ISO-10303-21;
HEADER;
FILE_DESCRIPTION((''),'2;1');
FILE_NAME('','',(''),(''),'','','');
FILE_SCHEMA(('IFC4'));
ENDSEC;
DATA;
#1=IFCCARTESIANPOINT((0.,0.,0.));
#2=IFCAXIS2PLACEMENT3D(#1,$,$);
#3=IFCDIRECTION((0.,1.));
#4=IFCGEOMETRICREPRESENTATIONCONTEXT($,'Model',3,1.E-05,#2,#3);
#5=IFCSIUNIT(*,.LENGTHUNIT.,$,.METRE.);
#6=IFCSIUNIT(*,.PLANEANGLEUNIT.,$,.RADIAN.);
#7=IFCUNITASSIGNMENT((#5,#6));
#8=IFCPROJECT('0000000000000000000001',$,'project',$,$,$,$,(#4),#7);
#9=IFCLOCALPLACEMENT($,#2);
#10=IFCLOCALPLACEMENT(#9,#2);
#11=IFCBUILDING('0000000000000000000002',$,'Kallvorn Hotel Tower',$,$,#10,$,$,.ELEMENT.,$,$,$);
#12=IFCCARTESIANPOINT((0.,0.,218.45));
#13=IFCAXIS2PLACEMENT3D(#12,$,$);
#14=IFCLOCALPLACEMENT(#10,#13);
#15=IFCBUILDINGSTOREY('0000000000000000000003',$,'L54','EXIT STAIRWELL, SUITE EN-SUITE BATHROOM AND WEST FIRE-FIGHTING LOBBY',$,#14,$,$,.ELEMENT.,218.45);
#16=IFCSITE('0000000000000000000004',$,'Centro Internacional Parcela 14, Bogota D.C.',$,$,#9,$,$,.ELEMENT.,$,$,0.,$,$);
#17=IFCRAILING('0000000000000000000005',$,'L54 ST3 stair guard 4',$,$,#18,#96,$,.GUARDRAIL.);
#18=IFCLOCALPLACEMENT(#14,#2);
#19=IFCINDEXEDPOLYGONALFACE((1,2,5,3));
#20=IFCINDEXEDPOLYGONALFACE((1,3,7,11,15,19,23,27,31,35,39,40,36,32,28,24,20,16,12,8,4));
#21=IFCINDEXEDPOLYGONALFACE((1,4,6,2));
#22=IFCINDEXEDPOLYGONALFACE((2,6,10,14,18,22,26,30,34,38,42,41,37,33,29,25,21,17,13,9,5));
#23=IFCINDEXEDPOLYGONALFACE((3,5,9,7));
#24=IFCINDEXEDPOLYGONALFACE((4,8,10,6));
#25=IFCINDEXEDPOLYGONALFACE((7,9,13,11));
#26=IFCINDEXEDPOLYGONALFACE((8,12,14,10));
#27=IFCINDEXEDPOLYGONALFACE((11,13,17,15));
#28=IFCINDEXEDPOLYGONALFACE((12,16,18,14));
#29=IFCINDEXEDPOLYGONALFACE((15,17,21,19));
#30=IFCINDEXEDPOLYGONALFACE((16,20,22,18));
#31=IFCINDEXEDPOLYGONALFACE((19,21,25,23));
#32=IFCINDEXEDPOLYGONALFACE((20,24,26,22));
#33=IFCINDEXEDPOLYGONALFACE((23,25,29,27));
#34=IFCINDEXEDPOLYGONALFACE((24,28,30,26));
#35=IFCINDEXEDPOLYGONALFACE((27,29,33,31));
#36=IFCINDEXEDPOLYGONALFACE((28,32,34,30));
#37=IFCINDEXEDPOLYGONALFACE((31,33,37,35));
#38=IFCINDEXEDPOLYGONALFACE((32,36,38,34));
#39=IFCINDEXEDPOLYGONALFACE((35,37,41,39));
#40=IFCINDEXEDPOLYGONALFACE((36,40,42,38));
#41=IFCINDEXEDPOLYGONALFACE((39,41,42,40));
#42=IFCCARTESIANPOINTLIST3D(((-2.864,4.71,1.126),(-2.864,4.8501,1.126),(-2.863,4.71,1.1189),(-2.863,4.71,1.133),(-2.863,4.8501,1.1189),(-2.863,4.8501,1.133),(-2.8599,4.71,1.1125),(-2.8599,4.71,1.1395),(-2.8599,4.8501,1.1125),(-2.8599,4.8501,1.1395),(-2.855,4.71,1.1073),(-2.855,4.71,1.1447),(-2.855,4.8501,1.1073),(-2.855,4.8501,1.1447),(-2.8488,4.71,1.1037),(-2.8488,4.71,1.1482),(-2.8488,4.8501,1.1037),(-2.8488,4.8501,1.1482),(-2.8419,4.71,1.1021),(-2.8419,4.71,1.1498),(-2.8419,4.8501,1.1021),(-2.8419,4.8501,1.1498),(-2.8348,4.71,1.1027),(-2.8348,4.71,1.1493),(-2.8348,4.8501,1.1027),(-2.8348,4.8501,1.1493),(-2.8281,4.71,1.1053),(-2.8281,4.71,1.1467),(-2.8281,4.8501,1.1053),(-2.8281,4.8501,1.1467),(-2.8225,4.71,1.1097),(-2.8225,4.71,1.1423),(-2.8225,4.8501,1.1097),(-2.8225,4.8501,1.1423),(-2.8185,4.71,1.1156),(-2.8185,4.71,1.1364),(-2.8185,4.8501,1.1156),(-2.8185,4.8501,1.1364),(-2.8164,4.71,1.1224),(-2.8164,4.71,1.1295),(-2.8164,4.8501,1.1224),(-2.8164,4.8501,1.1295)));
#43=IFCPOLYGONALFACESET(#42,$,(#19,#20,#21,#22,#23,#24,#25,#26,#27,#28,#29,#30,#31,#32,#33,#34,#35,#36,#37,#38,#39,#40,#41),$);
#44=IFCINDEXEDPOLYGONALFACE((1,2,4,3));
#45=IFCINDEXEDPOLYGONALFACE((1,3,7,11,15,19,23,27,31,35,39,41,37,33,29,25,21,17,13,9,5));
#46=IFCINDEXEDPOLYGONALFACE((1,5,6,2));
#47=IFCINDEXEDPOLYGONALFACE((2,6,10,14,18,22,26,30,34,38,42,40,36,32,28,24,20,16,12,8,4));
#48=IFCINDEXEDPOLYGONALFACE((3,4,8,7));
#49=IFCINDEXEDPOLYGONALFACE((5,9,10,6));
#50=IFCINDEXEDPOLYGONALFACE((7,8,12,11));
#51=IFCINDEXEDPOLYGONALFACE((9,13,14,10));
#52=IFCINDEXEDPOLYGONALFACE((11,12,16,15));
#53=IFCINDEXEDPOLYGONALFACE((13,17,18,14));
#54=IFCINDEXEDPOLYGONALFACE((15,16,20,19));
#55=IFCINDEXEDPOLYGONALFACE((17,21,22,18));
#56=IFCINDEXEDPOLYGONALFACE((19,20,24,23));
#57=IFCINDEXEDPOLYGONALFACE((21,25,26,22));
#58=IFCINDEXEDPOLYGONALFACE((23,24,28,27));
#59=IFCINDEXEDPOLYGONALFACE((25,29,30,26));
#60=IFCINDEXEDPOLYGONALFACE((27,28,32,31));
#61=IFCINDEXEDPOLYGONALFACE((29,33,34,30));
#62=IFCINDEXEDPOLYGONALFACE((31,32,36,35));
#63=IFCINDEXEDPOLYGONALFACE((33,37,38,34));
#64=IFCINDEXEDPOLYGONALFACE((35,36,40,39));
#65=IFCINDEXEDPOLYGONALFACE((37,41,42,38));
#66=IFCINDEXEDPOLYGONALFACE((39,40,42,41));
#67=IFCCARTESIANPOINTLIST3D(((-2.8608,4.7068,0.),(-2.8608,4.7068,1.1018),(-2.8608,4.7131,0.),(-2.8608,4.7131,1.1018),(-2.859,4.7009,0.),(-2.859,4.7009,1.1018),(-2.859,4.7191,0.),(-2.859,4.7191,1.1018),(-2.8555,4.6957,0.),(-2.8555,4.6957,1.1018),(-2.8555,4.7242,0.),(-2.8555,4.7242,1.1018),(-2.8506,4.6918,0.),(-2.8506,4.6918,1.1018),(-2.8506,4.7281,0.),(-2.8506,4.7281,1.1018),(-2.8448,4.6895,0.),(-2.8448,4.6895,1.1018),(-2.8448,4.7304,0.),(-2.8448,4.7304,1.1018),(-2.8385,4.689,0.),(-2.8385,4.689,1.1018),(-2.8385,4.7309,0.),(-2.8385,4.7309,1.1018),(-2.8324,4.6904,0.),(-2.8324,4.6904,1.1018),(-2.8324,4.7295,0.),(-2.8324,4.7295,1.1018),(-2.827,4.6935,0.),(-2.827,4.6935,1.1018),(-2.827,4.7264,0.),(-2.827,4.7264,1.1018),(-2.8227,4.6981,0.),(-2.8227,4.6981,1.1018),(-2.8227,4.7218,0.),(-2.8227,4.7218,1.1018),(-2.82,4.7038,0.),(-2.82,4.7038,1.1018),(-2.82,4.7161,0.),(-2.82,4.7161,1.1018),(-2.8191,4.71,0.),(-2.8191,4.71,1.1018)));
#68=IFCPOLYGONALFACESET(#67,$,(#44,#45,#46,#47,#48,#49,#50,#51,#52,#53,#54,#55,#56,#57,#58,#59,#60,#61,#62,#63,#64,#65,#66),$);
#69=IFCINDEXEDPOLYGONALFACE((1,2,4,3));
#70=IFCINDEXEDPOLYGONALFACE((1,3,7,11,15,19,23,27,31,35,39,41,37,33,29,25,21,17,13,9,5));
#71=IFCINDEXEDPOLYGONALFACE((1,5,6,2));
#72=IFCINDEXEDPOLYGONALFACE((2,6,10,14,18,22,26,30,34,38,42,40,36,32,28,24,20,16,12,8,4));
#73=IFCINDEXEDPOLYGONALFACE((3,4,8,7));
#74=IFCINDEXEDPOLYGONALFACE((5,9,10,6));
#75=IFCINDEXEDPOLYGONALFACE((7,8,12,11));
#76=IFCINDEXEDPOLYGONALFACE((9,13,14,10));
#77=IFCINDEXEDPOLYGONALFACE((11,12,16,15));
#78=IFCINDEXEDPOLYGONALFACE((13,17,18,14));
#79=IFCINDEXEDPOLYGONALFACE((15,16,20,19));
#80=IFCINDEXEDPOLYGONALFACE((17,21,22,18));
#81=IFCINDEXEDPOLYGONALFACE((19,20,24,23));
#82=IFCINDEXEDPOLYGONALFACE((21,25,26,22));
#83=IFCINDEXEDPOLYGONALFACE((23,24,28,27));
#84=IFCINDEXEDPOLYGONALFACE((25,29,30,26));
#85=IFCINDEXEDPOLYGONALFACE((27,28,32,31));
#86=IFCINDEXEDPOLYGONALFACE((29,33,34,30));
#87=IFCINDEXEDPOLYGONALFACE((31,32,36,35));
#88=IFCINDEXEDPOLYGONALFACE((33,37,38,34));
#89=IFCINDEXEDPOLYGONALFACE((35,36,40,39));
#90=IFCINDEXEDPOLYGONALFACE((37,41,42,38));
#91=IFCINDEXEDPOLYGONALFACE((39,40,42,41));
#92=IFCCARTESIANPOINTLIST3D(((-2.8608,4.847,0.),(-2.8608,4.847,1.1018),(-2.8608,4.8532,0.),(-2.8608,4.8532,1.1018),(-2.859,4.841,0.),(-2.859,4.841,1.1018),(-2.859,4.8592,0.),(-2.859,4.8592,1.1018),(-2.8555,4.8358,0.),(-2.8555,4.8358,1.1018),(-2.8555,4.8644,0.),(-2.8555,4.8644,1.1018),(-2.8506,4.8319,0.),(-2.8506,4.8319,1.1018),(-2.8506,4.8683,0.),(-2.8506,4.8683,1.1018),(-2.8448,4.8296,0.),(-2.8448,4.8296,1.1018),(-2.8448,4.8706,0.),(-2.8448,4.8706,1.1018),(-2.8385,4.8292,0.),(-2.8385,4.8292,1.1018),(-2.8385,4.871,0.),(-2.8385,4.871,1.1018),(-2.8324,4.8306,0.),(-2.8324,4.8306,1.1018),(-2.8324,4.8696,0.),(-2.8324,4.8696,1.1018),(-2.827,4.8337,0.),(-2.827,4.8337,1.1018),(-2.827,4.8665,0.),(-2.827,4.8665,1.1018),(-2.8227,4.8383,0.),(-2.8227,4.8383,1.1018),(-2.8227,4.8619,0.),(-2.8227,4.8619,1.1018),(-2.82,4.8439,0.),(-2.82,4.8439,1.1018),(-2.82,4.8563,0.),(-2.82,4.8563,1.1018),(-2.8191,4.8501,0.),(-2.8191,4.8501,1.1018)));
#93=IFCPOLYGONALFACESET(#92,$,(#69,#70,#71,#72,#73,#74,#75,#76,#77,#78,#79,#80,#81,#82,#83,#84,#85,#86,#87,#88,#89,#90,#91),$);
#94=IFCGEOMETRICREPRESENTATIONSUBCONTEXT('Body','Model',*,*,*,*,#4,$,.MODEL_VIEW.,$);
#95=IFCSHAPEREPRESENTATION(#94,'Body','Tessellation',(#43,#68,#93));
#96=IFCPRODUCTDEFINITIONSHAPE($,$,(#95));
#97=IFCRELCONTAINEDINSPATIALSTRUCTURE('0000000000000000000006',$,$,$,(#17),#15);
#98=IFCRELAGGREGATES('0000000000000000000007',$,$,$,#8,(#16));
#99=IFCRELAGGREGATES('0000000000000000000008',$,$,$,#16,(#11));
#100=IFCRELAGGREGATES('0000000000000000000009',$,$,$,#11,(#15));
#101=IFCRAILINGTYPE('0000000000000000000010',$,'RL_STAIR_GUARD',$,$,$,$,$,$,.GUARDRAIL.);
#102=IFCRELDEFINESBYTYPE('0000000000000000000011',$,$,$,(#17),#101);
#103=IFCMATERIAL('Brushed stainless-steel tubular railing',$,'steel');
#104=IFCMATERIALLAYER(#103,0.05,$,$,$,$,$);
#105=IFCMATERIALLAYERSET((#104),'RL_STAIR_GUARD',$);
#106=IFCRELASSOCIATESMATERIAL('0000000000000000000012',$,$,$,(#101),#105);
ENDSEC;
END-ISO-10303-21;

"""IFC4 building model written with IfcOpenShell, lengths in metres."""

from ifc_helpers import new_model, si_unit, direction, frame, origin, origin_2d, place, context, subcontext, project, spatial, circle, extrude, material, layer, layer_set, type_object, element, save


model = new_model("IFC4")

# Units and contexts
model_context = context("Model", 3, precision=1e-05, world=origin(), true_north=direction((0.0, 1.0)))
body_context = subcontext(model_context, "Body", "Model", "MODEL_VIEW")
ifc_project = project(units=[si_unit("LENGTHUNIT", "METRE"), si_unit("PLANEANGLEUNIT", "RADIAN")], contexts=[model_context])

# Site, building, storey
site_placement = place(None, origin())
site = spatial("IfcSite", under=ifc_project, at=site_placement, Name="Centro Internacional Parcela 14, Bogota D.C.", CompositionType="ELEMENT", RefElevation=0.0)
building_placement = place(site_placement, origin())
building = spatial("IfcBuilding", under=site, at=building_placement, Name="Kallvorn Hotel Tower", CompositionType="ELEMENT")
storey_placement = place(building_placement, frame((0.0, 0.0, 218.45)))
storey = spatial("IfcBuildingStorey", under=building, at=storey_placement, Name="L54", Description="EXIT STAIRWELL, SUITE EN-SUITE BATHROOM AND WEST FIRE-FIGHTING LOBBY", CompositionType="ELEMENT", Elevation=218.45)

# Railing
ifc_material_1 = material(Name="Brushed stainless-steel tubular railing", Category="steel")
ifc_layer_1 = layer(ifc_material_1, 0.05)
ifc_layer_set_1 = layer_set([ifc_layer_1], Name="RL_STAIR_GUARD")
railing_type_1 = type_object("IfcRailingType", Name="RL_STAIR_GUARD", PredefinedType="GUARDRAIL", material=ifc_layer_set_1)
railing_1_placement = place(storey_placement, frame((-2.8401, 4.71, 0.0)))
element("IfcRailing", 1, at=railing_1_placement, inside=storey, type_object=railing_type_1, Name="L54 ST3 stair guard 4", PredefinedType="GUARDRAIL", context=body_context, shape_type="SweptSolid", body=[
    extrude(circle(Radius=0.0239, at=origin_2d()), frame((0.0, 0.0, 1.126), z_axis=(0.0, 1.0, 0.0), x_axis=(-1.0, 0.0, 0.0)), (0.0, 0.0, 1.0), 0.1401),
    extrude(circle(Radius=0.021, at=origin_2d()), origin(), (0.0, 0.0, 1.0), 1.1018),
    extrude(circle(Radius=0.021, at=origin_2d()), frame((0.0, 0.1401, 0.0)), (0.0, 0.0, 1.0), 1.1018),
])

save(model, "model.ifc")
